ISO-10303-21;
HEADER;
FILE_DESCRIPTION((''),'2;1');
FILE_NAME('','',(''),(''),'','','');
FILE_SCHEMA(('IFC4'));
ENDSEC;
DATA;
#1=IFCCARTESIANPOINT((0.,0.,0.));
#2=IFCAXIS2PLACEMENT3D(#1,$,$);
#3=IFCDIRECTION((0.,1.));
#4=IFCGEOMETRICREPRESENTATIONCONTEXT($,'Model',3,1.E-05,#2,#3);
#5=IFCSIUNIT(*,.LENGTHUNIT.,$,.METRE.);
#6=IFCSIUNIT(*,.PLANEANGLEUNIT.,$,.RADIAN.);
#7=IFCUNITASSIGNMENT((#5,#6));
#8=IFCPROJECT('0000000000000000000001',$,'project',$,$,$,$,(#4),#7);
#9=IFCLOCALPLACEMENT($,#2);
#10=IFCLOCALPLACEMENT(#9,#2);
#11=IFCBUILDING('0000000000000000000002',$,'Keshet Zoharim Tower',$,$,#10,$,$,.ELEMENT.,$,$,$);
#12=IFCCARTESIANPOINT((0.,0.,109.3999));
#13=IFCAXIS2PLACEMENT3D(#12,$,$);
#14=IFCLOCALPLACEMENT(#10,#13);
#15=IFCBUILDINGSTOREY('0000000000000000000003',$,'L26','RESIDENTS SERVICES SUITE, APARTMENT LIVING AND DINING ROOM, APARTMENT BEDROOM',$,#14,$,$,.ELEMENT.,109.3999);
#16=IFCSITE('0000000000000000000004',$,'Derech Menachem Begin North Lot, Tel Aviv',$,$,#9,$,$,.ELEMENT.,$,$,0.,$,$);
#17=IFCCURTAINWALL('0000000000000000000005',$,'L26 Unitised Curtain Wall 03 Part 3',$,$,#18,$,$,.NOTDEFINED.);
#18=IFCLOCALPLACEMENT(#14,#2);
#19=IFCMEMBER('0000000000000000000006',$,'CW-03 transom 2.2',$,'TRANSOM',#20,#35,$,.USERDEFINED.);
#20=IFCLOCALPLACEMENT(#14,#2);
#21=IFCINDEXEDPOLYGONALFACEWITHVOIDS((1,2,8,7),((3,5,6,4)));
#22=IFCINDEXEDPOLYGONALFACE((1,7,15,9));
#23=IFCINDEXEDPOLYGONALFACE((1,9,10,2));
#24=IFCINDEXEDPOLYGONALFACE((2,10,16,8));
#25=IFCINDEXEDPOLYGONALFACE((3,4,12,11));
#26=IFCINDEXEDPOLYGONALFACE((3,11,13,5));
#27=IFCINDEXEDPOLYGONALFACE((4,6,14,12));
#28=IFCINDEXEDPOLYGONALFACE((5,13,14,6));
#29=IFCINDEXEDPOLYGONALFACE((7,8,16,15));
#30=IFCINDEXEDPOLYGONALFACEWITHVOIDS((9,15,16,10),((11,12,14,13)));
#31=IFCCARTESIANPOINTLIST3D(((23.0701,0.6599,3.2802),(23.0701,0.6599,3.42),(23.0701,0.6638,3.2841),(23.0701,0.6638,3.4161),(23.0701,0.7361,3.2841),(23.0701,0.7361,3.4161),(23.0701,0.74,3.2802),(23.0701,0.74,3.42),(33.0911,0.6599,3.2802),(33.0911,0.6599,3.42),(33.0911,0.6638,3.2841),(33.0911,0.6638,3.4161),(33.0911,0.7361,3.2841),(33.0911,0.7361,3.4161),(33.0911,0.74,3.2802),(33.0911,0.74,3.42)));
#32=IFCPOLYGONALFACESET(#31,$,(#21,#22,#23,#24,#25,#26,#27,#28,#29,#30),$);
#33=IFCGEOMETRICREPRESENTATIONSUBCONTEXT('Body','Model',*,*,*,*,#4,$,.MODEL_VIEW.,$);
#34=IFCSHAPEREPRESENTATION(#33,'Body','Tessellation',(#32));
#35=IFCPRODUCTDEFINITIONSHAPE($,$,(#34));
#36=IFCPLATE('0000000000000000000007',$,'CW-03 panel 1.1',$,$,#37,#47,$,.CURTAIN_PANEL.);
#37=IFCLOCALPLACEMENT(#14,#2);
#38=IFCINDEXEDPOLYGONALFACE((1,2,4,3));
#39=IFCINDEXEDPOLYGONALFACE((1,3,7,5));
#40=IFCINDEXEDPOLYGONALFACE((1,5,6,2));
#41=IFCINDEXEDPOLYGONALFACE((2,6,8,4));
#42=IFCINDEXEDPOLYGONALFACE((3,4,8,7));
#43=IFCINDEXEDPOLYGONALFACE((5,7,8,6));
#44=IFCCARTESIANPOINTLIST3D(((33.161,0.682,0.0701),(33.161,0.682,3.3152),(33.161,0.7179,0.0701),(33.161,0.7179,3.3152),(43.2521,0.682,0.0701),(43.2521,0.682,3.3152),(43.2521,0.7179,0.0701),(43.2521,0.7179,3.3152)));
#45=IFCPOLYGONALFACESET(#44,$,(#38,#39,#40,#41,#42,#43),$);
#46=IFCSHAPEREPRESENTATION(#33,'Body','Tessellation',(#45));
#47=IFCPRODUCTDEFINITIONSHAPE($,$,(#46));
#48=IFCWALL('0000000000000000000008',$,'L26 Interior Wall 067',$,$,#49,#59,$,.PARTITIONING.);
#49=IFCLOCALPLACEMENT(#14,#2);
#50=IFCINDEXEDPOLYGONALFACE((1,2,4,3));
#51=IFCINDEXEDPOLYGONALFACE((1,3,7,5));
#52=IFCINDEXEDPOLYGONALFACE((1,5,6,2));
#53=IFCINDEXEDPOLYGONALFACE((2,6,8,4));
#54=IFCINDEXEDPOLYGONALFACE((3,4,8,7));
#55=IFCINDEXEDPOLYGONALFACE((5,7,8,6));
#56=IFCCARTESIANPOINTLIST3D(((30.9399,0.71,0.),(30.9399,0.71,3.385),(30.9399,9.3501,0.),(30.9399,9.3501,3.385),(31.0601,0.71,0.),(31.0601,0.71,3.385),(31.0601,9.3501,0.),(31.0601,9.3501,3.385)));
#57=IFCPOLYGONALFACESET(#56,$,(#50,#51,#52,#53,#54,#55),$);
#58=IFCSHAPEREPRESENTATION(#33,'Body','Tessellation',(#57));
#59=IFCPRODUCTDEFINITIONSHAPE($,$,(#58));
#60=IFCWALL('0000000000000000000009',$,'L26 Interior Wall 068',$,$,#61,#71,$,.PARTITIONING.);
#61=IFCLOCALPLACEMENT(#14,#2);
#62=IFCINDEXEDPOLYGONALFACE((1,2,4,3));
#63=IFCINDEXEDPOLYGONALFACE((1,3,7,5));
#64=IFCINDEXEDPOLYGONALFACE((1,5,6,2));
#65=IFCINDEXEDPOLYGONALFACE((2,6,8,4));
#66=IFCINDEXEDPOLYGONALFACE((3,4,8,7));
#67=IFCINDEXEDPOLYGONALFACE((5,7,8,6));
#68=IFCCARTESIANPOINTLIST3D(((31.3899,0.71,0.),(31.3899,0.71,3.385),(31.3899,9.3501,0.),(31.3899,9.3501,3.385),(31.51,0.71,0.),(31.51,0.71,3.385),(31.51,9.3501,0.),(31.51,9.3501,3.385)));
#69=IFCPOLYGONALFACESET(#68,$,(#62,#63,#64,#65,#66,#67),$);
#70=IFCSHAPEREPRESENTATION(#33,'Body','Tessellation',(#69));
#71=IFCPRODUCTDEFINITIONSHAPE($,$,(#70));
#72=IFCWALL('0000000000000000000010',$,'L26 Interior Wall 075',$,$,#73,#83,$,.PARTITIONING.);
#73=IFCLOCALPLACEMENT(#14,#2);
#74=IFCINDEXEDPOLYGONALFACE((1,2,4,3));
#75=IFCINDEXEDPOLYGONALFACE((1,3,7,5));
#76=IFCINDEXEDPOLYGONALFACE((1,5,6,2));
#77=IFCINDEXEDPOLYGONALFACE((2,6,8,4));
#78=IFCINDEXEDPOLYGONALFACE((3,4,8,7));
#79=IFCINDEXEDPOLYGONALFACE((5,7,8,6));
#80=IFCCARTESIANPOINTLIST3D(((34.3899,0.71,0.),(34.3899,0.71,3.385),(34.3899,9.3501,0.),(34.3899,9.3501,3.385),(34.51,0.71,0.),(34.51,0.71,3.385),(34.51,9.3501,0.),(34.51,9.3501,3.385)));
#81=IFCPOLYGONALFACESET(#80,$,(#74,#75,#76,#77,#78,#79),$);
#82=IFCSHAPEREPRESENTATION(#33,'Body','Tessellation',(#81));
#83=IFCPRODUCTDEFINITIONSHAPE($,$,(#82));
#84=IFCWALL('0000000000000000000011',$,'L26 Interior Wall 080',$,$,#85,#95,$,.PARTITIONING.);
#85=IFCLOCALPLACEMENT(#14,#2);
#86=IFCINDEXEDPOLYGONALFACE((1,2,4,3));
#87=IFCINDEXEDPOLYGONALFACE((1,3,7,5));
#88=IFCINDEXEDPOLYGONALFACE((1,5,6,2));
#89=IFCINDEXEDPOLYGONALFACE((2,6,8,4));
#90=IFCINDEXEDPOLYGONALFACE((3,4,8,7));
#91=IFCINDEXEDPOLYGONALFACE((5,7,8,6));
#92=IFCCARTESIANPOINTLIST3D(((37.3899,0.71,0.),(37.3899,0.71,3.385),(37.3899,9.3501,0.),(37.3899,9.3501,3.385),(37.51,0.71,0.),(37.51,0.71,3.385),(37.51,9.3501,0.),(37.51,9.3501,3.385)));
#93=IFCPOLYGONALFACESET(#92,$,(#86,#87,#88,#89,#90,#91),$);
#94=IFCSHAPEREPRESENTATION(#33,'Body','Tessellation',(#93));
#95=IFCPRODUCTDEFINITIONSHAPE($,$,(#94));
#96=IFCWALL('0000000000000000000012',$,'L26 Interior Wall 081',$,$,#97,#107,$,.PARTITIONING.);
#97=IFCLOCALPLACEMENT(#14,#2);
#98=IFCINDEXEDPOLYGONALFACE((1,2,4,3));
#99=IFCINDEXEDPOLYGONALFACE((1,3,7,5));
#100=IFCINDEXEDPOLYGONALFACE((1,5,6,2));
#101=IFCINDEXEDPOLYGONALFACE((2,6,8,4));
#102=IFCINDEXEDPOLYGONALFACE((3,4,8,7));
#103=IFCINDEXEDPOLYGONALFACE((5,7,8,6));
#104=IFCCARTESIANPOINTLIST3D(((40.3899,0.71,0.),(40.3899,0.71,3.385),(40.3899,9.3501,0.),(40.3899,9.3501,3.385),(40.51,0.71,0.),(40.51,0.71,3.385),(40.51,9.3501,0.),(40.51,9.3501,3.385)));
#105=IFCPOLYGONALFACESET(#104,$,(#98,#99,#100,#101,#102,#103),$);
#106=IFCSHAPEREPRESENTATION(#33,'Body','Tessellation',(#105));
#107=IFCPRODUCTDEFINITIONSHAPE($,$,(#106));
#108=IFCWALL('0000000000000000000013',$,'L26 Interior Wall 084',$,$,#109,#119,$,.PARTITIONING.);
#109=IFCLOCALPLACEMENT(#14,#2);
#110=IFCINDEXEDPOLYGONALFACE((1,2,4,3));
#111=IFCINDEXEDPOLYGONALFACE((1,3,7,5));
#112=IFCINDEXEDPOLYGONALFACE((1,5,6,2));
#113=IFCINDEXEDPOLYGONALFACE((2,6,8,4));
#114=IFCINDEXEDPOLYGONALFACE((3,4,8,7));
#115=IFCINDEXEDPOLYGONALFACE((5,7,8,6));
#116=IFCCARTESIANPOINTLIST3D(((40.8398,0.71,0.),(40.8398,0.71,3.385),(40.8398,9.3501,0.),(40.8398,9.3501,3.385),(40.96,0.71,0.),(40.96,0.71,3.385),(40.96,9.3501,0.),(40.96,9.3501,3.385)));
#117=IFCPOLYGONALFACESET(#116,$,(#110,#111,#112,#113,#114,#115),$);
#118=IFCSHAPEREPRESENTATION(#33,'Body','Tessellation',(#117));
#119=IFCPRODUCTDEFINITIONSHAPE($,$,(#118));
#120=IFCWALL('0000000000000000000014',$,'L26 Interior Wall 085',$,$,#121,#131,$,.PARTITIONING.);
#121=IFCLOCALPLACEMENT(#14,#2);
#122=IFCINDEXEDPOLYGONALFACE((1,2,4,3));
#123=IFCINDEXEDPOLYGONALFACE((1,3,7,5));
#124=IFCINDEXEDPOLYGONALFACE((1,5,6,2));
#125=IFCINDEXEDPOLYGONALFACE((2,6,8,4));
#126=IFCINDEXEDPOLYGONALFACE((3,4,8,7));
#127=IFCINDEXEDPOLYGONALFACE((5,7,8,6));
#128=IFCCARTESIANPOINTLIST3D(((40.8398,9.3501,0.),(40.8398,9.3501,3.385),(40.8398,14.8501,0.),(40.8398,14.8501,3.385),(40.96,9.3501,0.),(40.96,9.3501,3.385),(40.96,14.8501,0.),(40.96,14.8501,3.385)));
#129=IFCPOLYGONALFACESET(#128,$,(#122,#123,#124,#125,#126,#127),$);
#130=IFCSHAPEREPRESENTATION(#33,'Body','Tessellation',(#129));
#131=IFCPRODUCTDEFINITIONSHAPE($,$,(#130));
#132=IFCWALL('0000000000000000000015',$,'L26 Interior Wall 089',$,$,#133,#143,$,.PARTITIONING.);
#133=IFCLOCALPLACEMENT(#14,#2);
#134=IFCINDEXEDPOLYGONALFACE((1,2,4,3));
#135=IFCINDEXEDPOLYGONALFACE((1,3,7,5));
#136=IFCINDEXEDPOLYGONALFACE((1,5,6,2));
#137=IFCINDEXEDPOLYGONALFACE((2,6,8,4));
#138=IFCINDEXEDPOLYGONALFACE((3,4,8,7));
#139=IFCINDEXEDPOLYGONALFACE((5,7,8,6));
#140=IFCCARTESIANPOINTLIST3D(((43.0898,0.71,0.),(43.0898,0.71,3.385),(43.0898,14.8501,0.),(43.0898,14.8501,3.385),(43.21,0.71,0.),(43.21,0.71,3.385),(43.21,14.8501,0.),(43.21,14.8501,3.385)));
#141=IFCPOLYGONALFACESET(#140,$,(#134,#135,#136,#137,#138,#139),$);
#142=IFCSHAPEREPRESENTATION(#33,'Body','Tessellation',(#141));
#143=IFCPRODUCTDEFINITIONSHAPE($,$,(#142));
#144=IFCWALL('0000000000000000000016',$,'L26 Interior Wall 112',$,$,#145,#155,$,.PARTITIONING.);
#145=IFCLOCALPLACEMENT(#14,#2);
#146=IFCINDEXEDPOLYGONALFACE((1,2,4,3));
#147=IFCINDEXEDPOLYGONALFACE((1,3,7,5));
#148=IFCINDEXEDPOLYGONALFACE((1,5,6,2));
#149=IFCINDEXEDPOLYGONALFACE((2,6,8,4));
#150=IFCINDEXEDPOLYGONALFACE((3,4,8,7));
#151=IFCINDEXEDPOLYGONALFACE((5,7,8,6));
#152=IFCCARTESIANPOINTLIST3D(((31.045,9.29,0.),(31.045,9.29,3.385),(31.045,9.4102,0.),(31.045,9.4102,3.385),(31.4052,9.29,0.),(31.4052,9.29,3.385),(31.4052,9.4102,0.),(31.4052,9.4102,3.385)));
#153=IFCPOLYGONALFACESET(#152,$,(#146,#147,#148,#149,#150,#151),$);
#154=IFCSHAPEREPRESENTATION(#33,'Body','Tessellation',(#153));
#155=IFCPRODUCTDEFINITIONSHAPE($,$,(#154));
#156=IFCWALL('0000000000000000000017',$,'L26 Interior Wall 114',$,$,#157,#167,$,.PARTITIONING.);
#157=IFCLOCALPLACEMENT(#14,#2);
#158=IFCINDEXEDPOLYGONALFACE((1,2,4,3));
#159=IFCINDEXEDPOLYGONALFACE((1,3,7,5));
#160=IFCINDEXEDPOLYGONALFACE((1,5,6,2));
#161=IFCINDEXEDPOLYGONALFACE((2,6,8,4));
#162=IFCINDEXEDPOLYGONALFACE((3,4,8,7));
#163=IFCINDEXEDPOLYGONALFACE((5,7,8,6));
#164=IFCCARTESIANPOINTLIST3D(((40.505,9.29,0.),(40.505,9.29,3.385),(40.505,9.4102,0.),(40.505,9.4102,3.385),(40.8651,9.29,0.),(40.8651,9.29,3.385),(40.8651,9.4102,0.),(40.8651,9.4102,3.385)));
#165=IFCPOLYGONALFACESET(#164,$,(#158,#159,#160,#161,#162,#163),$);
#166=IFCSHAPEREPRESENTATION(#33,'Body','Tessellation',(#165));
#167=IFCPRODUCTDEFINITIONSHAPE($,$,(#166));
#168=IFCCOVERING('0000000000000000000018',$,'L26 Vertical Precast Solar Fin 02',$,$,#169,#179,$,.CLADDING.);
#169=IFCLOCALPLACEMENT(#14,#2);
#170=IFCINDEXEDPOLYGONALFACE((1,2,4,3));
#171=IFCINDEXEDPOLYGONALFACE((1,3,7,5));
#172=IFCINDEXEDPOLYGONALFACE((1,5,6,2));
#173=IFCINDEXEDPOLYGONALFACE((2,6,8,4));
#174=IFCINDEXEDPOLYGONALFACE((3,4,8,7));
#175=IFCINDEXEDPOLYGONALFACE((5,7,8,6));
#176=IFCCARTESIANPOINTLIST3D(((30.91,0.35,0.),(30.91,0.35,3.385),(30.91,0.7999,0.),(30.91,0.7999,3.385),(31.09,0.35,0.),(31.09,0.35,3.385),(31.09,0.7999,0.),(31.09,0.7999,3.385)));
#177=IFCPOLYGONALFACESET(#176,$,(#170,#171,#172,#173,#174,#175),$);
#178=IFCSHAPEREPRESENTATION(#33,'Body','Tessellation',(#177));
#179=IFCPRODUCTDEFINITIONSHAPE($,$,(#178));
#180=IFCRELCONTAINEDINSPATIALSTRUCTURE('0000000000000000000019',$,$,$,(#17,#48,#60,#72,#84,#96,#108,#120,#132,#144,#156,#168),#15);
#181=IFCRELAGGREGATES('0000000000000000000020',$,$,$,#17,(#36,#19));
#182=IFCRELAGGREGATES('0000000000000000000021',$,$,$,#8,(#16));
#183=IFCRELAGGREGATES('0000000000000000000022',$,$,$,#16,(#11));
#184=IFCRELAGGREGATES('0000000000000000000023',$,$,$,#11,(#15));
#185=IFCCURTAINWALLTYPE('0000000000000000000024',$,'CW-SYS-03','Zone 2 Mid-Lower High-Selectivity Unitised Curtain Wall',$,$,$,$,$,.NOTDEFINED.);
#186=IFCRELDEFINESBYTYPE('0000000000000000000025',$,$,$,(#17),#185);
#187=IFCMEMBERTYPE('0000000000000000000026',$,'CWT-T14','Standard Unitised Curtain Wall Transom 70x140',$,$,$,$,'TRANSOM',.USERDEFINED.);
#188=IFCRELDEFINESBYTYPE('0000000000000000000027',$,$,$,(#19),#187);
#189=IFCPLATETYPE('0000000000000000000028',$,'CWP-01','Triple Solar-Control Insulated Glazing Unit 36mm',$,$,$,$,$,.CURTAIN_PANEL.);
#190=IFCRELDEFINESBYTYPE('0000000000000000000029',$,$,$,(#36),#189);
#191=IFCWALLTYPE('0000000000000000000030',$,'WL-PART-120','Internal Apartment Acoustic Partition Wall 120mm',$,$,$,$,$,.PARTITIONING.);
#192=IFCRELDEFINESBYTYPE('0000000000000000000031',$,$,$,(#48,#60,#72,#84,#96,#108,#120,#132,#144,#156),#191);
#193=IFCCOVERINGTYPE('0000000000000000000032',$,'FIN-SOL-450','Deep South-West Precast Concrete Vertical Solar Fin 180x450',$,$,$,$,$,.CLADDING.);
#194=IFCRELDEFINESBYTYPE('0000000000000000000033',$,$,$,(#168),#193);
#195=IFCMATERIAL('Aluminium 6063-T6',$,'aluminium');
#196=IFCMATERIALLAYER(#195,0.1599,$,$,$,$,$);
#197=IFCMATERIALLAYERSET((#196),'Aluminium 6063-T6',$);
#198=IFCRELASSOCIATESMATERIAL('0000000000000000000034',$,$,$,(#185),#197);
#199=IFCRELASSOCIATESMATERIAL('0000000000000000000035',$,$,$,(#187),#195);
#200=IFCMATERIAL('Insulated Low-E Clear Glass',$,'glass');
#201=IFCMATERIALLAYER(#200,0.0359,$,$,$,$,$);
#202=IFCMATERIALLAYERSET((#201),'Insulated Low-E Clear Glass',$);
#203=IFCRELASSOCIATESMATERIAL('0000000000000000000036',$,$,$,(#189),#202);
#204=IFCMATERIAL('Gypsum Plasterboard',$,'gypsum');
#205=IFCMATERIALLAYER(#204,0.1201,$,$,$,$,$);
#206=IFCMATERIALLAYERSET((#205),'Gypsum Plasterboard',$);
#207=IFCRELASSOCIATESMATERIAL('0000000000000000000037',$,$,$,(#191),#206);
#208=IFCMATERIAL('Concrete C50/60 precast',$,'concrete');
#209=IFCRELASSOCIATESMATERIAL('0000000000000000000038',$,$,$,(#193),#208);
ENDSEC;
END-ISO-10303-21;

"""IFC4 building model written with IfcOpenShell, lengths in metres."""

from ifc_helpers import new_model, si_unit, direction, frame, frame_2d, origin, origin_2d, place, context, subcontext, project, spatial, rectangle, hollow_rectangle, extrude, material, layer, layer_set, material_profile, profile_set, type_object, element, aggregate, save


model = new_model("IFC4")

# Units and contexts
model_context = context("Model", 3, precision=1e-05, world=origin(), true_north=direction((0.0, 1.0)))
body_context = subcontext(model_context, "Body", "Model", "MODEL_VIEW")
ifc_project = project(units=[si_unit("LENGTHUNIT", "METRE"), si_unit("PLANEANGLEUNIT", "RADIAN")], contexts=[model_context])

# Site, building, storey
site_placement = place(None, origin())
site = spatial("IfcSite", under=ifc_project, at=site_placement, Name="Derech Menachem Begin North Lot, Tel Aviv", CompositionType="ELEMENT", RefElevation=0.0)
building_placement = place(site_placement, origin())
building = spatial("IfcBuilding", under=site, at=building_placement, Name="Keshet Zoharim Tower", CompositionType="ELEMENT")
storey_placement = place(building_placement, frame((0.0, 0.0, 109.3999)))
storey = spatial("IfcBuildingStorey", under=building, at=storey_placement, Name="L26", Description="RESIDENTS SERVICES SUITE, APARTMENT LIVING AND DINING ROOM, APARTMENT BEDROOM", CompositionType="ELEMENT", Elevation=109.3999)

# Shared definitions
ifc_material_1 = material(Name="Aluminium 6063-T6", Category="aluminium")
ifc_layer_1 = layer(ifc_material_1, 0.1599)
ifc_layer_set_1 = layer_set([ifc_layer_1], Name="Aluminium 6063-T6")
curtain_wall_type = type_object("IfcCurtainWallType", Name="CW-SYS-03", Description="Zone 2 Mid-Lower High-Selectivity Unitised Curtain Wall", PredefinedType="NOTDEFINED", material=ifc_layer_set_1)

# Curtain wall, member, plate
curtain_wall_1_placement = place(storey_placement, origin())
curtain_wall_1 = element("IfcCurtainWall", 1, at=curtain_wall_1_placement, inside=storey, type_object=curtain_wall_type, Name="L26 Unitised Curtain Wall 03 Part 3", PredefinedType="NOTDEFINED")
ifc_material_profile_1 = material_profile(ifc_material_1, hollow_rectangle(XDim=0.0801, YDim=0.1399, WallThickness=0.0039, at=origin_2d()), Name="TRN-80x140")
ifc_profile_set_1 = profile_set([ifc_material_profile_1], Name="Aluminium 6063-T6")
member_type_1 = type_object("IfcMemberType", Name="CWT-T14", Description="Standard Unitised Curtain Wall Transom 70x140", ElementType="TRANSOM", PredefinedType="USERDEFINED", material=ifc_profile_set_1)
member_1_placement = place(storey_placement, frame((33.0911, 0.7, 3.3501), z_axis=(-1.0, 0.0, 0.0), x_axis=(0.0, -1.0, 0.0)))
member_1 = element("IfcMember", 2, at=member_1_placement, type_object=member_type_1, Name="CW-03 transom 2.2", ObjectType="TRANSOM", PredefinedType="USERDEFINED", context=body_context, shape_type="SweptSolid", body=[
    extrude(hollow_rectangle(XDim=0.0801, YDim=0.1399, WallThickness=0.0039, at=origin_2d()), origin(), (0.0, 0.0, 1.0), 10.021),
])
ifc_material_2 = material(Name="Insulated Low-E Clear Glass", Category="glass")
ifc_layer_2 = layer(ifc_material_2, 0.0359)
ifc_layer_set_2 = layer_set([ifc_layer_2], Name="Insulated Low-E Clear Glass")
plate_type = type_object("IfcPlateType", Name="CWP-01", Description="Triple Solar-Control Insulated Glazing Unit 36mm", PredefinedType="CURTAIN_PANEL", material=ifc_layer_set_2)
plate_placement = place(storey_placement, frame((38.2065, 0.7, 0.0701), z_axis=(0.0, 0.0, 1.0), x_axis=(-1.0, 0.0, 0.0)))
plate = element("IfcPlate", 3, at=plate_placement, type_object=plate_type, Name="CW-03 panel 1.1", PredefinedType="CURTAIN_PANEL", context=body_context, shape_type="SweptSolid", body=[
    extrude(rectangle(XDim=10.0911, YDim=0.0359, at=origin_2d()), origin(), (0.0, 0.0, 1.0), 3.2451),
])
aggregate(curtain_wall_1, [plate, member_1])

# Walls
ifc_material_3 = material(Name="Gypsum Plasterboard", Category="gypsum")
ifc_layer_3 = layer(ifc_material_3, 0.1201)
ifc_layer_set_3 = layer_set([ifc_layer_3], Name="Gypsum Plasterboard")
wall_type = type_object("IfcWallType", Name="WL-PART-120", Description="Internal Apartment Acoustic Partition Wall 120mm", PredefinedType="PARTITIONING", material=ifc_layer_set_3)
for number, where, z_axis, x_axis, name in (
    (4, (31.0, 0.71, 0.0), (0.0, 0.0, 1.0), (0.0, 1.0, 0.0), "L26 Interior Wall 067"),
    (5, (31.45, 0.71, 0.0), (0.0, 0.0, 1.0), (0.0, 1.0, 0.0), "L26 Interior Wall 068"),
    (6, (34.45, 0.71, 0.0), (0.0, 0.0, 1.0), (0.0, 1.0, 0.0), "L26 Interior Wall 075"),
    (7, (37.45, 0.71, 0.0), (0.0, 0.0, 1.0), (0.0, 1.0, 0.0), "L26 Interior Wall 080"),
    (8, (40.45, 0.71, 0.0), (0.0, 0.0, 1.0), (0.0, 1.0, 0.0), "L26 Interior Wall 081"),
    (9, (40.8999, 0.71, 0.0), (0.0, 0.0, 1.0), (0.0, 1.0, 0.0), "L26 Interior Wall 084"),
):
    element("IfcWall", number, at=place(storey_placement, frame(where, z_axis=z_axis, x_axis=x_axis)), inside=storey, type_object=wall_type, Name=name, PredefinedType="PARTITIONING", context=body_context, shape_type="SweptSolid", body=[
        extrude(rectangle(XDim=8.6401, YDim=0.1201, at=frame_2d((4.3201, 0.0))), origin(), (0.0, 0.0, 1.0), 3.385),
    ])
wall_1_placement = place(storey_placement, frame((40.8999, 9.3501, 0.0), z_axis=(0.0, 0.0, 1.0), x_axis=(0.0, 1.0, 0.0)))
element("IfcWall", 10, at=wall_1_placement, inside=storey, type_object=wall_type, Name="L26 Interior Wall 085", PredefinedType="PARTITIONING", context=body_context, shape_type="SweptSolid", body=[
    extrude(rectangle(XDim=5.5, YDim=0.1201, at=frame_2d((2.75, 0.0))), origin(), (0.0, 0.0, 1.0), 3.385),
])
wall_2_placement = place(storey_placement, frame((43.1499, 0.71, 0.0), z_axis=(0.0, 0.0, 1.0), x_axis=(0.0, 1.0, 0.0)))
element("IfcWall", 11, at=wall_2_placement, inside=storey, type_object=wall_type, Name="L26 Interior Wall 089", PredefinedType="PARTITIONING", context=body_context, shape_type="SweptSolid", body=[
    extrude(rectangle(XDim=14.1401, YDim=0.1201, at=frame_2d((7.0701, 0.0))), origin(), (0.0, 0.0, 1.0), 3.385),
])
wall_3_placement = place(storey_placement, frame((31.0449, 9.3501, 0.0), z_axis=(0.0, 0.0, 1.0), x_axis=(1.0, 0.0, 0.0)))
element("IfcWall", 12, at=wall_3_placement, inside=storey, type_object=wall_type, Name="L26 Interior Wall 112", PredefinedType="PARTITIONING", context=body_context, shape_type="SweptSolid", body=[
    extrude(rectangle(XDim=0.3601, YDim=0.1201, at=frame_2d((0.1802, 0.0))), origin(), (0.0, 0.0, 1.0), 3.385),
])

# Wall
wall_4_placement = place(storey_placement, frame((40.5049, 9.3501, 0.0), z_axis=(0.0, 0.0, 1.0), x_axis=(1.0, 0.0, 0.0)))
element("IfcWall", 13, at=wall_4_placement, inside=storey, type_object=wall_type, Name="L26 Interior Wall 114", PredefinedType="PARTITIONING", context=body_context, shape_type="SweptSolid", body=[
    extrude(rectangle(XDim=0.3601, YDim=0.1201, at=frame_2d((0.1802, 0.0))), origin(), (0.0, 0.0, 1.0), 3.385),
])

# Covering
ifc_material_4 = material(Name="Concrete C50/60 precast", Category="concrete")
covering_type = type_object("IfcCoveringType", Name="FIN-SOL-450", Description="Deep South-West Precast Concrete Vertical Solar Fin 180x450", PredefinedType="CLADDING", material=ifc_material_4)
covering_placement = place(storey_placement, frame((31.0, 0.575, 0.0), z_axis=(0.0, 0.0, 1.0), x_axis=(-1.0, 0.0, 0.0)))
element("IfcCovering", 14, at=covering_placement, inside=storey, type_object=covering_type, Name="L26 Vertical Precast Solar Fin 02", PredefinedType="CLADDING", context=body_context, shape_type="SweptSolid", body=[
    extrude(rectangle(XDim=0.1799, YDim=0.45, at=origin_2d()), origin(), (0.0, 0.0, 1.0), 3.385),
])

save(model, "model.ifc")
